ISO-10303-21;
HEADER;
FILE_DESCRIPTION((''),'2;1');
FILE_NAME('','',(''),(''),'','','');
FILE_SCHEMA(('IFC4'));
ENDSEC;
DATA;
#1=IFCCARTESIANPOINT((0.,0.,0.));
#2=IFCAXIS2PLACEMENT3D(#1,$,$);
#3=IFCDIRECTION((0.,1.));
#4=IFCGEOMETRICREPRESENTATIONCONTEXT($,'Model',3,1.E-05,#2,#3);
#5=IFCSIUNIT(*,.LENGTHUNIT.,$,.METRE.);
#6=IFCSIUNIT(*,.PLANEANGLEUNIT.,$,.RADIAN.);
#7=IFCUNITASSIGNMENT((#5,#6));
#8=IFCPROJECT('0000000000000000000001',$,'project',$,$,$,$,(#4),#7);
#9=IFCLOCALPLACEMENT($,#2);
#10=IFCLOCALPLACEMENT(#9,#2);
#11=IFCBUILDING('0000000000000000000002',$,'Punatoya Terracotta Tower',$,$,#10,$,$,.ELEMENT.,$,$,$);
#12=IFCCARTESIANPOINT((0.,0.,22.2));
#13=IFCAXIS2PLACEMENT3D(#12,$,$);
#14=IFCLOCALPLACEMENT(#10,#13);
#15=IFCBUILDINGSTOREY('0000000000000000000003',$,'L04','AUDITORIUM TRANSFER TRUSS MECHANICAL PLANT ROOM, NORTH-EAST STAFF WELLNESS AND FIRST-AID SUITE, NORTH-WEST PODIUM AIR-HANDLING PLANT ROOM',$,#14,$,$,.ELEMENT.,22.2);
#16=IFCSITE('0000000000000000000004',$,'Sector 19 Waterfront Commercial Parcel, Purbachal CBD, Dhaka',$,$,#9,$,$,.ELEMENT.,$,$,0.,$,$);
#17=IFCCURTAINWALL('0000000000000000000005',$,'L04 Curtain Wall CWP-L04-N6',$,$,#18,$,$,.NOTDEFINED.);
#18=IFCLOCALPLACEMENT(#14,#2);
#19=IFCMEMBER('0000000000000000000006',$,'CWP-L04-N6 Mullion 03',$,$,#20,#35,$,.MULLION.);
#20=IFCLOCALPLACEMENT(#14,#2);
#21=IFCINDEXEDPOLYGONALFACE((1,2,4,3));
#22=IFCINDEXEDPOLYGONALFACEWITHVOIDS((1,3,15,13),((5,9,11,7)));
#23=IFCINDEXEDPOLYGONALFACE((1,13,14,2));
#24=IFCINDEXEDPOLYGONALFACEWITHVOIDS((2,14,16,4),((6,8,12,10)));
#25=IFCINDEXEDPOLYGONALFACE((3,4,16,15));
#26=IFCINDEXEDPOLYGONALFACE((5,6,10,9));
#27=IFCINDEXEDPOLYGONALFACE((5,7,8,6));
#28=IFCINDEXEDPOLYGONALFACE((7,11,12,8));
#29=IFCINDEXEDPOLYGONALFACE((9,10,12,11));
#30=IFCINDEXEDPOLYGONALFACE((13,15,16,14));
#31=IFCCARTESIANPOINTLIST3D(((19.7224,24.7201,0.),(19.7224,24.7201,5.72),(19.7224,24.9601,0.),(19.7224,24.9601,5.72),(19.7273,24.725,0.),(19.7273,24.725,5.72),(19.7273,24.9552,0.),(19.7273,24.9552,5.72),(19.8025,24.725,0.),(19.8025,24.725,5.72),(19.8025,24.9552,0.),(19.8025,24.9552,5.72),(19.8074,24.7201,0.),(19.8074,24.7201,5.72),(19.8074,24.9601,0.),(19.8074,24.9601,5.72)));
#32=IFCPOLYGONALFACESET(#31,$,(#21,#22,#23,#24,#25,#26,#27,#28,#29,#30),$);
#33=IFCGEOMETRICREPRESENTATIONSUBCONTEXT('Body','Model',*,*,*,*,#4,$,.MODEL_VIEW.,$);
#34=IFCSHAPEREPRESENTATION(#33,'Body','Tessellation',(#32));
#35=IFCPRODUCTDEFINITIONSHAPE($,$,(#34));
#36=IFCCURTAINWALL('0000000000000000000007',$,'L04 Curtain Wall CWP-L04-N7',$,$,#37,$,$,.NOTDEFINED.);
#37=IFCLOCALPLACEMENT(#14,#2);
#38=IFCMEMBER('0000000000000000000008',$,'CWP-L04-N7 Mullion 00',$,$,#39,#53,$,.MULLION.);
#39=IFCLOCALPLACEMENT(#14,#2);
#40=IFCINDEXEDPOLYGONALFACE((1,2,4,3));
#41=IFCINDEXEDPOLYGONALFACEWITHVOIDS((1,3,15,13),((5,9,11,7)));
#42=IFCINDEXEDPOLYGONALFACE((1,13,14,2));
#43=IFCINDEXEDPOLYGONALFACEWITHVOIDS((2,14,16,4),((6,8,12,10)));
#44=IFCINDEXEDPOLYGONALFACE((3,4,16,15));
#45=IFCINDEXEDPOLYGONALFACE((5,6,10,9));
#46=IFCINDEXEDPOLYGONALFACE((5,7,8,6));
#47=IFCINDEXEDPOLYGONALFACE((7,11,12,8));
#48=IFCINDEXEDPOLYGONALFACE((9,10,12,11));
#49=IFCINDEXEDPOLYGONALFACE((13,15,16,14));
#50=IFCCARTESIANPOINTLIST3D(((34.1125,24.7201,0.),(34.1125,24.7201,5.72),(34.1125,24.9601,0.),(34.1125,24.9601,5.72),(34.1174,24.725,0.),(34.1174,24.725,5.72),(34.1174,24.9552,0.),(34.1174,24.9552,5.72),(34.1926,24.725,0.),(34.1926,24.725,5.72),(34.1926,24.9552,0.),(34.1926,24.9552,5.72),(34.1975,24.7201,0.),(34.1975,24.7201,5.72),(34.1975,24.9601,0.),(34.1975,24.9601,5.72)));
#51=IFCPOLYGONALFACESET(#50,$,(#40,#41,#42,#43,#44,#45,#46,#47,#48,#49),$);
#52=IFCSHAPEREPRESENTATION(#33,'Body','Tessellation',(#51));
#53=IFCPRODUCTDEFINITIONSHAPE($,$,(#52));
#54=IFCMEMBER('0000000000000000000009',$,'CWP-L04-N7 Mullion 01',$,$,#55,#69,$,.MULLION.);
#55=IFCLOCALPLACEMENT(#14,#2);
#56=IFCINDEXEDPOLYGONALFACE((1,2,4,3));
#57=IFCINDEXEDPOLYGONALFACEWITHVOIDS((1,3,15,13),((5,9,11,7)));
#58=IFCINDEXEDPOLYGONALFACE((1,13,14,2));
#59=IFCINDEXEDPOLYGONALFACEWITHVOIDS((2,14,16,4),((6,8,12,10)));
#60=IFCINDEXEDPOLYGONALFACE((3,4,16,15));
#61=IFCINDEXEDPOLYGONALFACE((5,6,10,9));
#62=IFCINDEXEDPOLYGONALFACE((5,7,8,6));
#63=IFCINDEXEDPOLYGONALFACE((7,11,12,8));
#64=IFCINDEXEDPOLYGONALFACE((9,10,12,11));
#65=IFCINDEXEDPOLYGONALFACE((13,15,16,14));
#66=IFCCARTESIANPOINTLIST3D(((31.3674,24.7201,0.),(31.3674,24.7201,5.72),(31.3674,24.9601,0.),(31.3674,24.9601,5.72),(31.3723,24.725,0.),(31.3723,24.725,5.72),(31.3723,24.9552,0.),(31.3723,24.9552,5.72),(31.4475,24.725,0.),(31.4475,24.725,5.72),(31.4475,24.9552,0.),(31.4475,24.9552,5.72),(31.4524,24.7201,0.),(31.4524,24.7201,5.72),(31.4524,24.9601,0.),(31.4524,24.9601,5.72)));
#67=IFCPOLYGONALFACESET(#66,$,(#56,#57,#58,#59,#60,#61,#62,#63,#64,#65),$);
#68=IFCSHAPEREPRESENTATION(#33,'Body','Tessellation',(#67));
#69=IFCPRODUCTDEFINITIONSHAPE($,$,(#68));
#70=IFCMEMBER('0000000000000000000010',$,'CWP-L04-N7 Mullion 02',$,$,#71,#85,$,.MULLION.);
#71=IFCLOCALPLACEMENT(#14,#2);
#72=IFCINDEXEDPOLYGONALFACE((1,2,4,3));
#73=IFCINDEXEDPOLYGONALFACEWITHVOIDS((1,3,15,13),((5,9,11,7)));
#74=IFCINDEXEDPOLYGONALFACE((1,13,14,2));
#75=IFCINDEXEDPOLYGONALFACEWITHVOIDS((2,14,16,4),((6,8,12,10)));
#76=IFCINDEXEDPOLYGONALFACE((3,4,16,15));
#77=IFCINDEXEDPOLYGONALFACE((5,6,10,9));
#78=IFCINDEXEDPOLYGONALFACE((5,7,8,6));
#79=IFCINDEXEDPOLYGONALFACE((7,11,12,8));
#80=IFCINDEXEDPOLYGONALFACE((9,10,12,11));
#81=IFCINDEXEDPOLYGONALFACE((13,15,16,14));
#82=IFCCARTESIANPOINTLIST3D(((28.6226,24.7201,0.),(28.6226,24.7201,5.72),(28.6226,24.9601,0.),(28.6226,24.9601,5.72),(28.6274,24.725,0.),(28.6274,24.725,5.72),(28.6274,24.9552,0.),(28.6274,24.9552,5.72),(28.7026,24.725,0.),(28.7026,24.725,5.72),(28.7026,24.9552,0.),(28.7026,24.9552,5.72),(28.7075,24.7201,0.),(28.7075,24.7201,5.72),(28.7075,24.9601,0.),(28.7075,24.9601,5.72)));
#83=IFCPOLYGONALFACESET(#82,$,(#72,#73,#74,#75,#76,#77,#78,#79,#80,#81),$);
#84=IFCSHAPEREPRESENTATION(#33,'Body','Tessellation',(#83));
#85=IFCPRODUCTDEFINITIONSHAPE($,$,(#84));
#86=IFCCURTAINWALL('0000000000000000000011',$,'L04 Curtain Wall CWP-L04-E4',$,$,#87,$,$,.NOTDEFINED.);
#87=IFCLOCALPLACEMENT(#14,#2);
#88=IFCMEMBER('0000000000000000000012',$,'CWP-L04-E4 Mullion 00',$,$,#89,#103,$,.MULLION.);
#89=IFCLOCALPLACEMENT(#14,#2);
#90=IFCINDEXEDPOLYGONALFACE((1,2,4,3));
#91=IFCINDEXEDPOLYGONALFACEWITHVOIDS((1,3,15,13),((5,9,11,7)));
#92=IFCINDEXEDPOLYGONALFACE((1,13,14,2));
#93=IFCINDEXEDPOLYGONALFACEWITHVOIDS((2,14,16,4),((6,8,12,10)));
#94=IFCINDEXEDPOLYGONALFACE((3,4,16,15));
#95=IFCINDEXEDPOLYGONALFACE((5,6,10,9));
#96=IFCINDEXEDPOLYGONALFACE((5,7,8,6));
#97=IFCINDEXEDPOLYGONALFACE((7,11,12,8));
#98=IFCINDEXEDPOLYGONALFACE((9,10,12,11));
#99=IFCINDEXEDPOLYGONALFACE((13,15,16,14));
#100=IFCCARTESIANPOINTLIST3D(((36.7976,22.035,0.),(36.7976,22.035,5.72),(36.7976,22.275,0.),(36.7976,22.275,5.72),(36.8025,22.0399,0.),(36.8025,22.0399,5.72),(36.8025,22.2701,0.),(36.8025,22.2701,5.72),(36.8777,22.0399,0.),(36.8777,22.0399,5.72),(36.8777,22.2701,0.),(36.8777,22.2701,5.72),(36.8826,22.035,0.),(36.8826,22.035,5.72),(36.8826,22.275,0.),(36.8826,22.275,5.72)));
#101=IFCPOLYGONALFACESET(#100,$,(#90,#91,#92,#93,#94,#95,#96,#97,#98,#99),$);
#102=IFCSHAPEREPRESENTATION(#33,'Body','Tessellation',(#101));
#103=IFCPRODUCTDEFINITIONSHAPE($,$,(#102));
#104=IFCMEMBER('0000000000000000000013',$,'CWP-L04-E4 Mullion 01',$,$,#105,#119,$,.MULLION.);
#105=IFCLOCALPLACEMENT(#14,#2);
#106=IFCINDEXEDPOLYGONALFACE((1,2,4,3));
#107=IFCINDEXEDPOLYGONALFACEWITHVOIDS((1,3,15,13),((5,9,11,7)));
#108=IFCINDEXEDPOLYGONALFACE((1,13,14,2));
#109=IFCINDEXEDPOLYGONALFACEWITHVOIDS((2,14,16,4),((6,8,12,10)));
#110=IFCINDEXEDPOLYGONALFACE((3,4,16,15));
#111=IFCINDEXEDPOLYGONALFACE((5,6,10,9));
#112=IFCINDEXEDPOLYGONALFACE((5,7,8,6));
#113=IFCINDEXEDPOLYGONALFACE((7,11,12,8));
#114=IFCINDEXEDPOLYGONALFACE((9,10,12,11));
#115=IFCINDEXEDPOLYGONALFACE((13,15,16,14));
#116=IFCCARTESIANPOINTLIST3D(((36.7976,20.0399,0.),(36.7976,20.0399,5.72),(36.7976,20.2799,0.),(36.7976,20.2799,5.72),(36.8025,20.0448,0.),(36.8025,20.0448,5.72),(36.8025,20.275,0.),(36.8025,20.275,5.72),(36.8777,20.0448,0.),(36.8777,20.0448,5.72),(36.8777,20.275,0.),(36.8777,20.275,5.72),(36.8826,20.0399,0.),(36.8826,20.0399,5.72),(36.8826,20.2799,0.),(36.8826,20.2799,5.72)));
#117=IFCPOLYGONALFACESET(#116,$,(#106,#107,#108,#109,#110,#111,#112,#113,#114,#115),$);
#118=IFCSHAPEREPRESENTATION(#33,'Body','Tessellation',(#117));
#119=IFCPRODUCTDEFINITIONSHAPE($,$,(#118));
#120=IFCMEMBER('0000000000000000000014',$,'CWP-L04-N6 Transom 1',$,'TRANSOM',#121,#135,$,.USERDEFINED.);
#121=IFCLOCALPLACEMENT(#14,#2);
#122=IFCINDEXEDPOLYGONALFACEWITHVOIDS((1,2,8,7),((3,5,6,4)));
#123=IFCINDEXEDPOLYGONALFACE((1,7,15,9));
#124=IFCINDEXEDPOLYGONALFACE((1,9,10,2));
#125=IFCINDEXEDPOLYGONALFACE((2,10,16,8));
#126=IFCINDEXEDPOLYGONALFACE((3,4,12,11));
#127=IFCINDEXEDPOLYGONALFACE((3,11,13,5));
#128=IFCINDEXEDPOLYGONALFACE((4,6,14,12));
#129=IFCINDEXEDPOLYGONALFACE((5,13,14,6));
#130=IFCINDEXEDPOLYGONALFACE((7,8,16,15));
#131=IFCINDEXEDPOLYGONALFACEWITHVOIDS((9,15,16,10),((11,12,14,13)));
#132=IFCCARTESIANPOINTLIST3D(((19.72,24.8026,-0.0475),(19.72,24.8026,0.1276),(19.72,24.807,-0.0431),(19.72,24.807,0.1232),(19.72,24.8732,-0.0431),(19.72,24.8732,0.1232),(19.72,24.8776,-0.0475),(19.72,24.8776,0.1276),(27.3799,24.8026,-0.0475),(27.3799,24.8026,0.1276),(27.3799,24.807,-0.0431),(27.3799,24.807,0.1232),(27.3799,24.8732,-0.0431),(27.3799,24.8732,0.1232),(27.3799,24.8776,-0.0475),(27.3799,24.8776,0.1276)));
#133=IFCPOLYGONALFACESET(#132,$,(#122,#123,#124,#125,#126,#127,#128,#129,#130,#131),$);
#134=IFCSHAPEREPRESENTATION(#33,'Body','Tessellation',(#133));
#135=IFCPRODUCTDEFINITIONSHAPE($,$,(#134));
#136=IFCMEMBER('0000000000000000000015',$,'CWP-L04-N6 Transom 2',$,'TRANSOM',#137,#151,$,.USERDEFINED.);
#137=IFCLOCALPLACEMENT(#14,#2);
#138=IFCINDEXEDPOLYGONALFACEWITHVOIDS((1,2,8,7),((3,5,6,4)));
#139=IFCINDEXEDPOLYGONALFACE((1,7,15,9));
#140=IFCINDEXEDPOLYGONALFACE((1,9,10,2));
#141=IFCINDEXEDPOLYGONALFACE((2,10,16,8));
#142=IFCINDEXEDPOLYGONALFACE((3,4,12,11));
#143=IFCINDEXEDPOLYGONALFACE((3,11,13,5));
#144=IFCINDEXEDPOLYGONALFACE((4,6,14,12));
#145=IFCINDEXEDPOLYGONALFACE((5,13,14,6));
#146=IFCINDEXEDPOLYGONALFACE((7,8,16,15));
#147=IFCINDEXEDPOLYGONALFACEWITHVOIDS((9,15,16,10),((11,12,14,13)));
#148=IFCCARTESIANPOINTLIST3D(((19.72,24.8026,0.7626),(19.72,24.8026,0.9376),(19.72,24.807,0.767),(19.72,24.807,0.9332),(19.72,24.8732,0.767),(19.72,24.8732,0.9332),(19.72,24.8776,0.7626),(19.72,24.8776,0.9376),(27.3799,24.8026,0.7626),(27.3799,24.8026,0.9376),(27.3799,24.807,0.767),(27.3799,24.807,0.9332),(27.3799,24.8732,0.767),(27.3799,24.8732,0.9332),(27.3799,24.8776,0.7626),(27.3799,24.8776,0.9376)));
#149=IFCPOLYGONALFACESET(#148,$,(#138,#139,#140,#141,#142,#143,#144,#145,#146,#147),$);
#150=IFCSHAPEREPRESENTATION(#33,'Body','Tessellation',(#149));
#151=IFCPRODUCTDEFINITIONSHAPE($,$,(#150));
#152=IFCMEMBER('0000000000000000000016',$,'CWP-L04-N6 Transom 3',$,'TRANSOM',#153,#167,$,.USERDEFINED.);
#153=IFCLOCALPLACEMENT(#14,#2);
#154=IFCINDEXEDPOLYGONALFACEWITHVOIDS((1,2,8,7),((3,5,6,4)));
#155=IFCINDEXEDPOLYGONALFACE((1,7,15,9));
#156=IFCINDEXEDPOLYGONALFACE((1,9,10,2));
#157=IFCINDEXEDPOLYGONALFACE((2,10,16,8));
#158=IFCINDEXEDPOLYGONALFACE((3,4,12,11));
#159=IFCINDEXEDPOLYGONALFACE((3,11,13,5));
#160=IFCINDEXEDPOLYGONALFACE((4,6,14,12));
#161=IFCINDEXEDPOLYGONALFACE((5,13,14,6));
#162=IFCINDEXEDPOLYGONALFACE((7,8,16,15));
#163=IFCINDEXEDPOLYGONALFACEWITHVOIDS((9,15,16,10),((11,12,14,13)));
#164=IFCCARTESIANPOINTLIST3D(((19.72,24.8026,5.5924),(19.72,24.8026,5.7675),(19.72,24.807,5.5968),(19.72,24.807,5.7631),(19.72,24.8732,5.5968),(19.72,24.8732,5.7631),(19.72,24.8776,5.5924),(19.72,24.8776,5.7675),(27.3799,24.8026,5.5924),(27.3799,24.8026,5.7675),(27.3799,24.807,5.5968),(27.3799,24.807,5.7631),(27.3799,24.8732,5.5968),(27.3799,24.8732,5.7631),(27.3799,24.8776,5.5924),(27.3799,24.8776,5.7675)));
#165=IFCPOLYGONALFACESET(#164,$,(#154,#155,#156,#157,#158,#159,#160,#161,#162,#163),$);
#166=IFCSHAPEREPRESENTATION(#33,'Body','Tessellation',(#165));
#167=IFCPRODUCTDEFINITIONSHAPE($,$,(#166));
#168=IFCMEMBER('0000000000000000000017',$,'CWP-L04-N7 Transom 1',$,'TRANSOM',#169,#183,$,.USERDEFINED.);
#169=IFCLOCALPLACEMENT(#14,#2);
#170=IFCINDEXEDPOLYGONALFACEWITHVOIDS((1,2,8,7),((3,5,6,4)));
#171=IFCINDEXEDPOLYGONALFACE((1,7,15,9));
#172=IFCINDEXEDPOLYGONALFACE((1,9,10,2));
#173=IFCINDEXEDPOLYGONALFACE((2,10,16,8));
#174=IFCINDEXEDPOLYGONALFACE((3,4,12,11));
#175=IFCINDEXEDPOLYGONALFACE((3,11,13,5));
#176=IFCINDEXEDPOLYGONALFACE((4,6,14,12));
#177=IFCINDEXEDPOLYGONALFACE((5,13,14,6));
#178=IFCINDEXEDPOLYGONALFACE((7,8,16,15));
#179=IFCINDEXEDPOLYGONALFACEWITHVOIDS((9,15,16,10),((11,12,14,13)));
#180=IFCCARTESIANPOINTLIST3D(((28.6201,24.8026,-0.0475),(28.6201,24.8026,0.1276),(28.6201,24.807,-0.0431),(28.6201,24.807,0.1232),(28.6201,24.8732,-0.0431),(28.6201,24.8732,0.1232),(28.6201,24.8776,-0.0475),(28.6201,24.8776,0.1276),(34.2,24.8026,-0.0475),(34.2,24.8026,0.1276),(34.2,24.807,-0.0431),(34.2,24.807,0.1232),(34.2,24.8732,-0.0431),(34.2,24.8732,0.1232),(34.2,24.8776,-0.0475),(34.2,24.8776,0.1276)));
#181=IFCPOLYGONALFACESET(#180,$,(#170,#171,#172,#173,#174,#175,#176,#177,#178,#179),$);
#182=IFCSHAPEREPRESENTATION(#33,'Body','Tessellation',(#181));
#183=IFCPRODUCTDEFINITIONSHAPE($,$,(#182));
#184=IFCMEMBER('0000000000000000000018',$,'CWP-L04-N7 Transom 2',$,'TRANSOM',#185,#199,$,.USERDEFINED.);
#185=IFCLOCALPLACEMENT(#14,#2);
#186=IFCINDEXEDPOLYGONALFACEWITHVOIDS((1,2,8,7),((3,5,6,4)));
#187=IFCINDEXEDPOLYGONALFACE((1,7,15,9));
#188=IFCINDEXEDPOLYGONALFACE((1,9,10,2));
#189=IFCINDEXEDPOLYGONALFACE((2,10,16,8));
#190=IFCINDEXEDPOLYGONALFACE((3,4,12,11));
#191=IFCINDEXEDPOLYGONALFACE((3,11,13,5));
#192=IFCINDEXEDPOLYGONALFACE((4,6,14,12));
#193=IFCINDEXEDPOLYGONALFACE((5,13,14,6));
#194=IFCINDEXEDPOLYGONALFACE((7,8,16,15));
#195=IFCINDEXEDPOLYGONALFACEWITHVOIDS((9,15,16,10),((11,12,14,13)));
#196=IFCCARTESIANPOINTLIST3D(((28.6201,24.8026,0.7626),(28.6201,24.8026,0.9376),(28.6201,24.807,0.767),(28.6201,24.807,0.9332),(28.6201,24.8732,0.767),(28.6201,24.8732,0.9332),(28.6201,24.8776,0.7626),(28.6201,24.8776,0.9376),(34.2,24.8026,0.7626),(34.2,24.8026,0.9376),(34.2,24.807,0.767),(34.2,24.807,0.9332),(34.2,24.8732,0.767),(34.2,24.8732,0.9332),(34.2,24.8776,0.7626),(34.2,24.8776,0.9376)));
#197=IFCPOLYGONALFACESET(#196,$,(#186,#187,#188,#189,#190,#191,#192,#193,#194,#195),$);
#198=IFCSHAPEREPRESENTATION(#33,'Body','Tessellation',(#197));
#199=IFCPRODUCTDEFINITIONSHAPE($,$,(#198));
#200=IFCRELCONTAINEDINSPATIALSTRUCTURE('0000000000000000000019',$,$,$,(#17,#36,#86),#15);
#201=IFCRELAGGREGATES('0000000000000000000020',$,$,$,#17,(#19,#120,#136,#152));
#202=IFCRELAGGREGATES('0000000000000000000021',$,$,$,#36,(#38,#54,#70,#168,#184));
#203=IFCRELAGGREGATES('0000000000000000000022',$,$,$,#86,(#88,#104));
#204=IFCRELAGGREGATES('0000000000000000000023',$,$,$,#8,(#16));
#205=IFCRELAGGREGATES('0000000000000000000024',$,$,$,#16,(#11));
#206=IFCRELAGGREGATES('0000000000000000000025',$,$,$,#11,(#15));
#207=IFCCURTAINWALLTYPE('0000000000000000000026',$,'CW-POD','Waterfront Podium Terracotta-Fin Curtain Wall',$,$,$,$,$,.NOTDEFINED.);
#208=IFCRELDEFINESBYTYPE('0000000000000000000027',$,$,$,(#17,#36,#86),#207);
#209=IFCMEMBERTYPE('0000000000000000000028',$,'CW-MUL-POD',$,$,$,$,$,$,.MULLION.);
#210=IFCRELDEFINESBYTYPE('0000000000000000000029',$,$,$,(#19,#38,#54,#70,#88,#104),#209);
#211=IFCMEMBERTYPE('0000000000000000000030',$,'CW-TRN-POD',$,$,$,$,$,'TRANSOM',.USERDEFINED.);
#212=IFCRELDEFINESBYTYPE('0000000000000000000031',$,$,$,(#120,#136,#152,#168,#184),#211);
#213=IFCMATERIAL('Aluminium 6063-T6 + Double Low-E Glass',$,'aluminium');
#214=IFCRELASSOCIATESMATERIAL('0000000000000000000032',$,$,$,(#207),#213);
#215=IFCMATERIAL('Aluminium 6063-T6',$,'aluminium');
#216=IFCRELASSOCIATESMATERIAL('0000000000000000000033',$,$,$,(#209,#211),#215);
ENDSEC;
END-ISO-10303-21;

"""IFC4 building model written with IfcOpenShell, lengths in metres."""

from ifc_helpers import new_model, si_unit, direction, frame, origin, origin_2d, place, context, subcontext, project, spatial, hollow_rectangle, extrude, material, material_profile, profile_set, type_object, element, aggregate, save


model = new_model("IFC4")

# Units and contexts
model_context = context("Model", 3, precision=1e-05, world=origin(), true_north=direction((0.0, 1.0)))
body_context = subcontext(model_context, "Body", "Model", "MODEL_VIEW")
ifc_project = project(units=[si_unit("LENGTHUNIT", "METRE"), si_unit("PLANEANGLEUNIT", "RADIAN")], contexts=[model_context])

# Site, building, storey
site_placement = place(None, origin())
site = spatial("IfcSite", under=ifc_project, at=site_placement, Name="Sector 19 Waterfront Commercial Parcel, Purbachal CBD, Dhaka", CompositionType="ELEMENT", RefElevation=0.0)
building_placement = place(site_placement, origin())
building = spatial("IfcBuilding", under=site, at=building_placement, Name="Punatoya Terracotta Tower", CompositionType="ELEMENT")
storey_placement = place(building_placement, frame((0.0, 0.0, 22.2)))
storey = spatial("IfcBuildingStorey", under=building, at=storey_placement, Name="L04", Description="AUDITORIUM TRANSFER TRUSS MECHANICAL PLANT ROOM, NORTH-EAST STAFF WELLNESS AND FIRST-AID SUITE, NORTH-WEST PODIUM AIR-HANDLING PLANT ROOM", CompositionType="ELEMENT", Elevation=22.2)

# Curtain walls, members
ifc_material_1 = material(Name="Aluminium 6063-T6 + Double Low-E Glass", Category="aluminium")
curtain_wall_type = type_object("IfcCurtainWallType", Name="CW-POD", Description="Waterfront Podium Terracotta-Fin Curtain Wall", PredefinedType="NOTDEFINED", material=ifc_material_1)
curtain_wall_1_placement = place(storey_placement, origin())
curtain_wall_1 = element("IfcCurtainWall", 1, at=curtain_wall_1_placement, inside=storey, type_object=curtain_wall_type, Name="L04 Curtain Wall CWP-L04-N6", PredefinedType="NOTDEFINED")
ifc_material_2 = material(Name="Aluminium 6063-T6", Category="aluminium")
ifc_material_profile_1 = material_profile(ifc_material_2, hollow_rectangle(XDim=0.085, YDim=0.24, WallThickness=0.0049, at=origin_2d()))
ifc_profile_set_1 = profile_set([ifc_material_profile_1], Name="Aluminium 6063-T6")
member_type_1 = type_object("IfcMemberType", Name="CW-MUL-POD", PredefinedType="MULLION", material=ifc_profile_set_1)
member_1_placement = place(storey_placement, frame((19.7649, 24.8401, 0.0), z_axis=(0.0, 0.0, 1.0), x_axis=(1.0, 0.0, 0.0)))
member_1 = element("IfcMember", 2, at=member_1_placement, type_object=member_type_1, Name="CWP-L04-N6 Mullion 03", PredefinedType="MULLION", context=body_context, shape_type="SweptSolid", body=[
    extrude(hollow_rectangle(XDim=0.085, YDim=0.24, WallThickness=0.0049, at=origin_2d()), origin(), (0.0, 0.0, 1.0), 5.72),
])
curtain_wall_2_placement = place(storey_placement, origin())
curtain_wall_2 = element("IfcCurtainWall", 3, at=curtain_wall_2_placement, inside=storey, type_object=curtain_wall_type, Name="L04 Curtain Wall CWP-L04-N7", PredefinedType="NOTDEFINED")
member_2_placement = place(storey_placement, frame((34.155, 24.8401, 0.0), z_axis=(0.0, 0.0, 1.0), x_axis=(1.0, 0.0, 0.0)))
member_2 = element("IfcMember", 4, at=member_2_placement, type_object=member_type_1, Name="CWP-L04-N7 Mullion 00", PredefinedType="MULLION", context=body_context, shape_type="SweptSolid", body=[
    extrude(hollow_rectangle(XDim=0.085, YDim=0.24, WallThickness=0.0049, at=origin_2d()), origin(), (0.0, 0.0, 1.0), 5.72),
])
member_3_placement = place(storey_placement, frame((31.4099, 24.8401, 0.0), z_axis=(0.0, 0.0, 1.0), x_axis=(1.0, 0.0, 0.0)))
member_3 = element("IfcMember", 5, at=member_3_placement, type_object=member_type_1, Name="CWP-L04-N7 Mullion 01", PredefinedType="MULLION", context=body_context, shape_type="SweptSolid", body=[
    extrude(hollow_rectangle(XDim=0.085, YDim=0.24, WallThickness=0.0049, at=origin_2d()), origin(), (0.0, 0.0, 1.0), 5.72),
])
member_4_placement = place(storey_placement, frame((28.665, 24.8401, 0.0), z_axis=(0.0, 0.0, 1.0), x_axis=(1.0, 0.0, 0.0)))
member_4 = element("IfcMember", 6, at=member_4_placement, type_object=member_type_1, Name="CWP-L04-N7 Mullion 02", PredefinedType="MULLION", context=body_context, shape_type="SweptSolid", body=[
    extrude(hollow_rectangle(XDim=0.085, YDim=0.24, WallThickness=0.0049, at=origin_2d()), origin(), (0.0, 0.0, 1.0), 5.72),
])
curtain_wall_3_placement = place(storey_placement, origin())
curtain_wall_3 = element("IfcCurtainWall", 7, at=curtain_wall_3_placement, inside=storey, type_object=curtain_wall_type, Name="L04 Curtain Wall CWP-L04-E4", PredefinedType="NOTDEFINED")
member_5_placement = place(storey_placement, frame((36.8401, 22.155, 0.0), z_axis=(0.0, 0.0, 1.0), x_axis=(1.0, 0.0, 0.0)))
member_5 = element("IfcMember", 8, at=member_5_placement, type_object=member_type_1, Name="CWP-L04-E4 Mullion 00", PredefinedType="MULLION", context=body_context, shape_type="SweptSolid", body=[
    extrude(hollow_rectangle(XDim=0.085, YDim=0.24, WallThickness=0.0049, at=origin_2d()), origin(), (0.0, 0.0, 1.0), 5.72),
])
member_6_placement = place(storey_placement, frame((36.8401, 20.1599, 0.0), z_axis=(0.0, 0.0, 1.0), x_axis=(1.0, 0.0, 0.0)))
member_6 = element("IfcMember", 9, at=member_6_placement, type_object=member_type_1, Name="CWP-L04-E4 Mullion 01", PredefinedType="MULLION", context=body_context, shape_type="SweptSolid", body=[
    extrude(hollow_rectangle(XDim=0.085, YDim=0.24, WallThickness=0.0049, at=origin_2d()), origin(), (0.0, 0.0, 1.0), 5.72),
])

# Members
ifc_material_profile_2 = material_profile(ifc_material_2, hollow_rectangle(XDim=0.075, YDim=0.175, WallThickness=0.0044, at=origin_2d()))
ifc_profile_set_2 = profile_set([ifc_material_profile_2], Name="Aluminium 6063-T6")
member_type_2 = type_object("IfcMemberType", Name="CW-TRN-POD", ElementType="TRANSOM", PredefinedType="USERDEFINED", material=ifc_profile_set_2)
member_7_placement = place(storey_placement, frame((27.3799, 24.8401, 0.04), z_axis=(-1.0, 0.0, 0.0), x_axis=(0.0, -1.0, 0.0)))
member_7 = element("IfcMember", 10, at=member_7_placement, type_object=member_type_2, Name="CWP-L04-N6 Transom 1", ObjectType="TRANSOM", PredefinedType="USERDEFINED", context=body_context, shape_type="SweptSolid", body=[
    extrude(hollow_rectangle(XDim=0.075, YDim=0.175, WallThickness=0.0044, at=origin_2d()), origin(), (0.0, 0.0, 1.0), 7.6599),
])
member_8_placement = place(storey_placement, frame((27.3799, 24.8401, 0.8501), z_axis=(-1.0, 0.0, 0.0), x_axis=(0.0, -1.0, 0.0)))
member_8 = element("IfcMember", 11, at=member_8_placement, type_object=member_type_2, Name="CWP-L04-N6 Transom 2", ObjectType="TRANSOM", PredefinedType="USERDEFINED", context=body_context, shape_type="SweptSolid", body=[
    extrude(hollow_rectangle(XDim=0.075, YDim=0.175, WallThickness=0.0044, at=origin_2d()), origin(), (0.0, 0.0, 1.0), 7.6599),
])
member_9_placement = place(storey_placement, frame((27.3799, 24.8401, 5.6799), z_axis=(-1.0, 0.0, 0.0), x_axis=(0.0, -1.0, 0.0)))
member_9 = element("IfcMember", 12, at=member_9_placement, type_object=member_type_2, Name="CWP-L04-N6 Transom 3", ObjectType="TRANSOM", PredefinedType="USERDEFINED", context=body_context, shape_type="SweptSolid", body=[
    extrude(hollow_rectangle(XDim=0.075, YDim=0.175, WallThickness=0.0044, at=origin_2d()), origin(), (0.0, 0.0, 1.0), 7.6599),
])
member_10_placement = place(storey_placement, frame((34.2, 24.8401, 0.04), z_axis=(-1.0, 0.0, 0.0), x_axis=(0.0, -1.0, 0.0)))
member_10 = element("IfcMember", 13, at=member_10_placement, type_object=member_type_2, Name="CWP-L04-N7 Transom 1", ObjectType="TRANSOM", PredefinedType="USERDEFINED", context=body_context, shape_type="SweptSolid", body=[
    extrude(hollow_rectangle(XDim=0.075, YDim=0.175, WallThickness=0.0044, at=origin_2d()), origin(), (0.0, 0.0, 1.0), 5.5798),
])
member_11_placement = place(storey_placement, frame((34.2, 24.8401, 0.8501), z_axis=(-1.0, 0.0, 0.0), x_axis=(0.0, -1.0, 0.0)))
member_11 = element("IfcMember", 14, at=member_11_placement, type_object=member_type_2, Name="CWP-L04-N7 Transom 2", ObjectType="TRANSOM", PredefinedType="USERDEFINED", context=body_context, shape_type="SweptSolid", body=[
    extrude(hollow_rectangle(XDim=0.075, YDim=0.175, WallThickness=0.0044, at=origin_2d()), origin(), (0.0, 0.0, 1.0), 5.5798),
])

aggregate(curtain_wall_1, [member_1, member_7, member_8, member_9])
aggregate(curtain_wall_2, [member_2, member_3, member_4, member_10, member_11])
aggregate(curtain_wall_3, [member_5, member_6])

save(model, "model.ifc")
